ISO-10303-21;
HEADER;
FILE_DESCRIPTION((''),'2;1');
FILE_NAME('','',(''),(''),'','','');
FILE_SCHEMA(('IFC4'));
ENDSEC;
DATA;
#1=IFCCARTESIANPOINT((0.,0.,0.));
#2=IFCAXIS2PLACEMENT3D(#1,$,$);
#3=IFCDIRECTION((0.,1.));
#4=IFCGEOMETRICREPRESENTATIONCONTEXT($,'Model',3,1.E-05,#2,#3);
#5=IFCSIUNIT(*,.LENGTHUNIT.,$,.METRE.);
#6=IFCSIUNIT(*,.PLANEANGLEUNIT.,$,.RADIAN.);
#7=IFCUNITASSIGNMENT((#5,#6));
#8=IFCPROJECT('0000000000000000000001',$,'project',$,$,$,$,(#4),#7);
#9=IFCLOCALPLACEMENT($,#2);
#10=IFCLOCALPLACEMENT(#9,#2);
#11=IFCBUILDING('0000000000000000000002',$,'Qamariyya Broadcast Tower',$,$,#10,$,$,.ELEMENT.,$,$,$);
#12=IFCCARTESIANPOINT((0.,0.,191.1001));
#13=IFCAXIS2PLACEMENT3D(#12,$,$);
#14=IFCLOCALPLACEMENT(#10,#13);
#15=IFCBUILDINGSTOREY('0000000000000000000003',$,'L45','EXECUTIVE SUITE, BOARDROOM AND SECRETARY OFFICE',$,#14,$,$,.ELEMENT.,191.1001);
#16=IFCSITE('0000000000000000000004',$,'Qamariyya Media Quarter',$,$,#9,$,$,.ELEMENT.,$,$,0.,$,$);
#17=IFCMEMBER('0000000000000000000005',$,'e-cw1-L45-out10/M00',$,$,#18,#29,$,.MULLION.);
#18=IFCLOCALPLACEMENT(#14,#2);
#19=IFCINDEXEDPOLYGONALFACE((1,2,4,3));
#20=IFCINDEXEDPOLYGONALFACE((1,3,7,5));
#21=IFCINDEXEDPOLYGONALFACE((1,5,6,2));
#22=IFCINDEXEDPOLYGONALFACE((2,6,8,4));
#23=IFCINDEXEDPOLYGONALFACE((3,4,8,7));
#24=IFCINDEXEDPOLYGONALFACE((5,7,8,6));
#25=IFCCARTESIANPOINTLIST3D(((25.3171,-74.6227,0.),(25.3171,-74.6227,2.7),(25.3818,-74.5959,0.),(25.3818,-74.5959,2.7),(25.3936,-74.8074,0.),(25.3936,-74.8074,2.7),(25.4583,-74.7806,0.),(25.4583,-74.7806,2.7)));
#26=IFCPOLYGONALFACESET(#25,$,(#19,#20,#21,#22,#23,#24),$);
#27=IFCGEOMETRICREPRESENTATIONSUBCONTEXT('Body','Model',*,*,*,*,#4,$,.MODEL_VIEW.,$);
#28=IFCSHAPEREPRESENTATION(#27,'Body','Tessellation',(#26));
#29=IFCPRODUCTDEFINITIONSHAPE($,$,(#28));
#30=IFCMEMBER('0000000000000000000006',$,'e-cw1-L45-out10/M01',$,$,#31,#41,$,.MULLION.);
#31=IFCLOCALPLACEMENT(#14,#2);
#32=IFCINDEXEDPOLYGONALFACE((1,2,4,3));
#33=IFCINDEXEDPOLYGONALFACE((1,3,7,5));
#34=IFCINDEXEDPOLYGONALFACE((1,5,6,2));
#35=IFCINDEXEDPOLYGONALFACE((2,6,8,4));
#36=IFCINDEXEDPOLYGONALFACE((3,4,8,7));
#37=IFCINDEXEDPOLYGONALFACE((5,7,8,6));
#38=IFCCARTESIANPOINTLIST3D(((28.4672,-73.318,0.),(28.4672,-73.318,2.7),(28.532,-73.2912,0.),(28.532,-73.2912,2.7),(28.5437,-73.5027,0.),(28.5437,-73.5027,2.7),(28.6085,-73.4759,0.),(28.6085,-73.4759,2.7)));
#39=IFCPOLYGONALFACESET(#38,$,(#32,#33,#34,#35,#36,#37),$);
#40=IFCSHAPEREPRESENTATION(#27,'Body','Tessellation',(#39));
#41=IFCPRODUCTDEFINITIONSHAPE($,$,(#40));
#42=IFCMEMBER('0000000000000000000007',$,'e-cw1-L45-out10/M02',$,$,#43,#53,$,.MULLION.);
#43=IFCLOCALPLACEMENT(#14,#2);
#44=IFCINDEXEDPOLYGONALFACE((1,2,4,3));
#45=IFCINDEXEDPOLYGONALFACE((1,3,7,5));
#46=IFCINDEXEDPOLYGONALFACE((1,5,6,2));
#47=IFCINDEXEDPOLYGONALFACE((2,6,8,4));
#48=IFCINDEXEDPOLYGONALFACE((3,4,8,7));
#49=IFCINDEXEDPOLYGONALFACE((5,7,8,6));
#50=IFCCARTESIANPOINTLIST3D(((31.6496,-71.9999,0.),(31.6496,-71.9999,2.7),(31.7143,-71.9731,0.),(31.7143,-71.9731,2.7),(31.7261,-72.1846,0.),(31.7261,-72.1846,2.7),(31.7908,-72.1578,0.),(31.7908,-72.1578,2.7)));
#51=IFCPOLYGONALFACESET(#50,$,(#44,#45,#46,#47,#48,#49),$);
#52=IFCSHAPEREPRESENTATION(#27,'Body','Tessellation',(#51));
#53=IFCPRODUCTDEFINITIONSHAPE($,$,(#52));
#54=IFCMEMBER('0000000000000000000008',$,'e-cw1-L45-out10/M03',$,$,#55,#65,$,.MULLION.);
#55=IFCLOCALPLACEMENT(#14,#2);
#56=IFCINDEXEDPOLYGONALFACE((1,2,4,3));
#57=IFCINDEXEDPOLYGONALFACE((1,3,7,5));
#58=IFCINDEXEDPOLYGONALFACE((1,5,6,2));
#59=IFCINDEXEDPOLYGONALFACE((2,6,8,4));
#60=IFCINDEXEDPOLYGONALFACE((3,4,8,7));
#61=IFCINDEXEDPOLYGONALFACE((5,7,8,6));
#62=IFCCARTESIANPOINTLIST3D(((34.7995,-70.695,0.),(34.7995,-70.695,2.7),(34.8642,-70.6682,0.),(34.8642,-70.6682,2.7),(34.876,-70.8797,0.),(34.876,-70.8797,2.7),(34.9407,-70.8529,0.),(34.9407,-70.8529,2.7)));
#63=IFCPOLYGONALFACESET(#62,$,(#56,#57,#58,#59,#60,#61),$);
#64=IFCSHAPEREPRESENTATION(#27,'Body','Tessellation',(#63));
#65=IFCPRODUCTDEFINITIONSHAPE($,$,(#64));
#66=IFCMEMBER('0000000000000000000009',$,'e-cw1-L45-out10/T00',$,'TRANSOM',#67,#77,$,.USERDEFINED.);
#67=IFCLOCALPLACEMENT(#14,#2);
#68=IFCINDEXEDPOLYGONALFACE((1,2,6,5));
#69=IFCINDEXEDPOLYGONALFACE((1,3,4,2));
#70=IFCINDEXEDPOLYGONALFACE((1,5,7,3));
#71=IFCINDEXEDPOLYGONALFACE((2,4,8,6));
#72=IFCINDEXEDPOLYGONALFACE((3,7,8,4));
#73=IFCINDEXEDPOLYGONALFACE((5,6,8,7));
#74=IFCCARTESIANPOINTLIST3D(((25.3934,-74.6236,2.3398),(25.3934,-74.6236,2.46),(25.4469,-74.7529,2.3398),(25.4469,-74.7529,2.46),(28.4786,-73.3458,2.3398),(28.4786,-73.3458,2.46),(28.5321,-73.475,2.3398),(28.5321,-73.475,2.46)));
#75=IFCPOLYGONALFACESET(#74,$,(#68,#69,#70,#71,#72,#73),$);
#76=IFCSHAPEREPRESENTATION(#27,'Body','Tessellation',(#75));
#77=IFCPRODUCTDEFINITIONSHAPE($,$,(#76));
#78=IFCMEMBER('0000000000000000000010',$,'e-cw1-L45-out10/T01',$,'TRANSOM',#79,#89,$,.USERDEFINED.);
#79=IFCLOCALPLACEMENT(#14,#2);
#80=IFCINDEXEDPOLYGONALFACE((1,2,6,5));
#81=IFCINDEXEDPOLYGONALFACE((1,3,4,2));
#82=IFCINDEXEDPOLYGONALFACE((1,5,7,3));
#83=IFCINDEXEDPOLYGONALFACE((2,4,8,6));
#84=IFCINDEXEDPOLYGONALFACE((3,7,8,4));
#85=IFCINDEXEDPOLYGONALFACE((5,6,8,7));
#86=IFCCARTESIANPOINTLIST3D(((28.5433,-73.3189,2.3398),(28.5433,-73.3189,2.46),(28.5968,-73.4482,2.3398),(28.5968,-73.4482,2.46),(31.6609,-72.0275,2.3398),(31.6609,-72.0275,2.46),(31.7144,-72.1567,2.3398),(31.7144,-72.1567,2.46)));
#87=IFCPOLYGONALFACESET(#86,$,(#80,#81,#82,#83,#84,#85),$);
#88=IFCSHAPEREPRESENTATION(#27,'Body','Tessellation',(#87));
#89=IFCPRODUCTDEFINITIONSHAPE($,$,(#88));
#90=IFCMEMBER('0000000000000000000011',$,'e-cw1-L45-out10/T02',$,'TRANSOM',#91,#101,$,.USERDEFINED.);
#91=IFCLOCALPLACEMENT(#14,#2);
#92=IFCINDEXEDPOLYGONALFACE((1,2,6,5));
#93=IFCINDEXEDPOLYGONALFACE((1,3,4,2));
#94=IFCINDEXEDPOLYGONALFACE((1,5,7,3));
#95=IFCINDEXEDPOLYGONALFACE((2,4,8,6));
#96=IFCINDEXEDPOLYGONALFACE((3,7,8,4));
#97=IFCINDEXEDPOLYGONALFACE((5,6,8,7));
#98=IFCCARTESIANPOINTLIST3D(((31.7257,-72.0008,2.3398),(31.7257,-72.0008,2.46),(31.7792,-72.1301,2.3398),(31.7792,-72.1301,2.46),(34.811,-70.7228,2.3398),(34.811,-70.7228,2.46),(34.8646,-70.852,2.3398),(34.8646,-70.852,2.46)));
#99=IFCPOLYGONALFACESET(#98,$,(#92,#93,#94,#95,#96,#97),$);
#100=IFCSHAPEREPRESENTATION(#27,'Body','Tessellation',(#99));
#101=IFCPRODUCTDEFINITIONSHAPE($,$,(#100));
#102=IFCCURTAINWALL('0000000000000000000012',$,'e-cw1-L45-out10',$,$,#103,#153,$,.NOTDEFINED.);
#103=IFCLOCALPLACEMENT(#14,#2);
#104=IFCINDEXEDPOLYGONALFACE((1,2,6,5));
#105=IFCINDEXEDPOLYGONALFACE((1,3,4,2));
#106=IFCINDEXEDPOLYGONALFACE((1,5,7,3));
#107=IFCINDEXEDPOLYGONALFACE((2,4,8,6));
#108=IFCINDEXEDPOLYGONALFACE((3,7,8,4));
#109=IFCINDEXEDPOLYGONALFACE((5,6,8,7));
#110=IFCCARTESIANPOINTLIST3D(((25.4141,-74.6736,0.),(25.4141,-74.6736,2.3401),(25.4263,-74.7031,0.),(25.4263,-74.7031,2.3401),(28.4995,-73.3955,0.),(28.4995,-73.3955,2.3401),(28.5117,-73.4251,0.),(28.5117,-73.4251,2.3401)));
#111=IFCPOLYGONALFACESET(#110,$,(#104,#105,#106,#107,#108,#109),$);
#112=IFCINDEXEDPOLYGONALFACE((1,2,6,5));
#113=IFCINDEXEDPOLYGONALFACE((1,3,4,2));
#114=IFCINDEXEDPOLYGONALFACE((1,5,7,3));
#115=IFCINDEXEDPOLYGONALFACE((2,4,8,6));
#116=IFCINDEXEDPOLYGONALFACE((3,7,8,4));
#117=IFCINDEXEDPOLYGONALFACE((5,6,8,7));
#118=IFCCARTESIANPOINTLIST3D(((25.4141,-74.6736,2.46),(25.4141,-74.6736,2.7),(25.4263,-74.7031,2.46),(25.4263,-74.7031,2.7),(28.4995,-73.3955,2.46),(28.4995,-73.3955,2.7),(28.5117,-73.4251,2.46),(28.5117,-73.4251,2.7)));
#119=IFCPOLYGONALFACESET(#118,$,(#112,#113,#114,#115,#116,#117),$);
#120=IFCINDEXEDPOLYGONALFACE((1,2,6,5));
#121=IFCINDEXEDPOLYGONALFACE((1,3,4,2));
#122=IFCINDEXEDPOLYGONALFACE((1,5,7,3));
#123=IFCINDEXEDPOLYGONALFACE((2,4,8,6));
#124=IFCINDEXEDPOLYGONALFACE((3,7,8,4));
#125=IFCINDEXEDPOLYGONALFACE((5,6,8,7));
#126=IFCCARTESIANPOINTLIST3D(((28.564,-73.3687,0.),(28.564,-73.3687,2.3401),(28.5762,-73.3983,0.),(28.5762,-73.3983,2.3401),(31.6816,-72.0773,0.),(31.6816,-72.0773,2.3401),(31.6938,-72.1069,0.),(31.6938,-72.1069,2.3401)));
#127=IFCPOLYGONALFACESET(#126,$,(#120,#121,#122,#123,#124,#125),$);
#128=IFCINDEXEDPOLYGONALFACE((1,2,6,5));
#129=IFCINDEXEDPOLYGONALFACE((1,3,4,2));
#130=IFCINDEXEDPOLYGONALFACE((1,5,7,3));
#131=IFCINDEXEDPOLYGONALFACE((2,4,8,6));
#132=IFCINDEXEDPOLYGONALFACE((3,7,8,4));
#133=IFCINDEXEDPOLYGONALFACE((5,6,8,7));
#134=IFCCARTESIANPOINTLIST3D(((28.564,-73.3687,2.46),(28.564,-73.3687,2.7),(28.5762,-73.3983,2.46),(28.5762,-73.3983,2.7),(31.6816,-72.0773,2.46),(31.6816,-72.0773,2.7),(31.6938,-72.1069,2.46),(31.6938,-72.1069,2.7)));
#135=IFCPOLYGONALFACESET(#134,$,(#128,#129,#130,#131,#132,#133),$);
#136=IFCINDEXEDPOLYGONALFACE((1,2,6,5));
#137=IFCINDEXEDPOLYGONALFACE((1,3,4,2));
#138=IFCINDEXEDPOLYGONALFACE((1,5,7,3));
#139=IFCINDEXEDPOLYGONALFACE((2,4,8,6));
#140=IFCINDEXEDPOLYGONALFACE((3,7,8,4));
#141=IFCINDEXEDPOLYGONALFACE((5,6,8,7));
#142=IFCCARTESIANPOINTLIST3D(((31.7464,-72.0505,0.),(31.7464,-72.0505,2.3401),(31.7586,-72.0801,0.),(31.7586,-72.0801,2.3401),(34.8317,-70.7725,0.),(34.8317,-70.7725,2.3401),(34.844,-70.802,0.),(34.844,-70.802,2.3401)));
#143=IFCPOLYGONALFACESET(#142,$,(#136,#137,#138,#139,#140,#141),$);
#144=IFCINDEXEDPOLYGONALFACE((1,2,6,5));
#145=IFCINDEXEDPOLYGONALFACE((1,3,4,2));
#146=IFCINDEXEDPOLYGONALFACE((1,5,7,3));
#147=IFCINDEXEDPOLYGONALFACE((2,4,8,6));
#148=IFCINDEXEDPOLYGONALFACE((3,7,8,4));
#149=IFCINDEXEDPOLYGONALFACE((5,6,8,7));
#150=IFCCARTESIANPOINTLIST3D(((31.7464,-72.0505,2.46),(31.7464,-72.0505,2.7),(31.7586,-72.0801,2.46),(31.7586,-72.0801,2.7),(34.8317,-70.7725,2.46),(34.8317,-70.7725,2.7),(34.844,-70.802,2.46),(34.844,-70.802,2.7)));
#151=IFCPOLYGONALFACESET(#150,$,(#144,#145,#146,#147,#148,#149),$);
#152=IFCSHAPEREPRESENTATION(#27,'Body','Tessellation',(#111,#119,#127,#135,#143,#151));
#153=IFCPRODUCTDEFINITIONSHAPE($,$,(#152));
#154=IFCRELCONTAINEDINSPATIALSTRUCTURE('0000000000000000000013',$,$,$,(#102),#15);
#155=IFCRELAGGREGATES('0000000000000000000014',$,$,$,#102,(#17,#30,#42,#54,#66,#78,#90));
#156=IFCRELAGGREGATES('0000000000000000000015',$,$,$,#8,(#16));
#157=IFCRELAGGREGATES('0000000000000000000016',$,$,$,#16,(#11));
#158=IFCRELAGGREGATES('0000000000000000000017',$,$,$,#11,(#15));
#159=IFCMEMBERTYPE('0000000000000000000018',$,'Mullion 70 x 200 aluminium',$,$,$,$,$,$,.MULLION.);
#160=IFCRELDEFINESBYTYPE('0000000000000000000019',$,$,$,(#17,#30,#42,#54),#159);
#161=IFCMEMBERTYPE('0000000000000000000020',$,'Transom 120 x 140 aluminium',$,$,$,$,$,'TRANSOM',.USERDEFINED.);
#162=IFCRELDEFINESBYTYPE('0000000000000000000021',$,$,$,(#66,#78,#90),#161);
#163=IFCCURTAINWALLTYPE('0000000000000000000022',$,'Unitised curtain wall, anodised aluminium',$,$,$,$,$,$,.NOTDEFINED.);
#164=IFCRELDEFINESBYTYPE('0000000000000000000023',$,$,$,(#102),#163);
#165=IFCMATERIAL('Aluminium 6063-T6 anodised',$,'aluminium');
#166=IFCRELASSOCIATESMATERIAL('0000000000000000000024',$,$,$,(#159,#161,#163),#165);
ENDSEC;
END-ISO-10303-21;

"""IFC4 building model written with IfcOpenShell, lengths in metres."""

from ifc_helpers import new_model, si_unit, direction, frame, origin, origin_2d, place, context, subcontext, project, spatial, rectangle, extrude, material, material_profile, profile_set, type_object, element, aggregate, save


model = new_model("IFC4")

# Units and contexts
model_context = context("Model", 3, precision=1e-05, world=origin(), true_north=direction((0.0, 1.0)))
body_context = subcontext(model_context, "Body", "Model", "MODEL_VIEW")
ifc_project = project(units=[si_unit("LENGTHUNIT", "METRE"), si_unit("PLANEANGLEUNIT", "RADIAN")], contexts=[model_context])

# Members
ifc_material_1 = material(Name="Aluminium 6063-T6 anodised", Category="aluminium")
ifc_material_profile_1 = material_profile(ifc_material_1, rectangle(XDim=0.2, YDim=0.0701, at=origin_2d()))
ifc_profile_set_1 = profile_set([ifc_material_profile_1], Name="Aluminium 6063-T6 anodised")
member_type_1 = type_object("IfcMemberType", Name="Mullion 70 x 200 aluminium", PredefinedType="MULLION", material=ifc_profile_set_1)
site_placement = place(None, origin())
building_placement = place(site_placement, origin())
storey_placement = place(building_placement, frame((0.0, 0.0, 191.1001)))
member_1_placement = place(storey_placement, frame((25.3877, -74.7017, 0.0), z_axis=(0.0, 0.0, 1.0), x_axis=(-0.382683, 0.92388, 0.0)))
member_1 = element("IfcMember", 1, at=member_1_placement, type_object=member_type_1, Name="e-cw1-L45-out10/M00", PredefinedType="MULLION", context=body_context, shape_type="SweptSolid", body=[
    extrude(rectangle(XDim=0.2, YDim=0.0701, at=origin_2d()), origin(), (0.0, 0.0, 1.0), 2.7),
])
member_2_placement = place(storey_placement, frame((28.5378, -73.397, 0.0), z_axis=(0.0, 0.0, 1.0), x_axis=(-0.382683, 0.92388, 0.0)))
member_2 = element("IfcMember", 2, at=member_2_placement, type_object=member_type_1, Name="e-cw1-L45-out10/M01", PredefinedType="MULLION", context=body_context, shape_type="SweptSolid", body=[
    extrude(rectangle(XDim=0.2, YDim=0.0701, at=origin_2d()), origin(), (0.0, 0.0, 1.0), 2.7),
])
member_3_placement = place(storey_placement, frame((31.7202, -72.0789, 0.0), z_axis=(0.0, 0.0, 1.0), x_axis=(-0.382683, 0.92388, 0.0)))
member_3 = element("IfcMember", 3, at=member_3_placement, type_object=member_type_1, Name="e-cw1-L45-out10/M02", PredefinedType="MULLION", context=body_context, shape_type="SweptSolid", body=[
    extrude(rectangle(XDim=0.2, YDim=0.0701, at=origin_2d()), origin(), (0.0, 0.0, 1.0), 2.7),
])
member_4_placement = place(storey_placement, frame((34.8701, -70.7739, 0.0), z_axis=(0.0, 0.0, 1.0), x_axis=(-0.382683, 0.92388, 0.0)))
member_4 = element("IfcMember", 4, at=member_4_placement, type_object=member_type_1, Name="e-cw1-L45-out10/M03", PredefinedType="MULLION", context=body_context, shape_type="SweptSolid", body=[
    extrude(rectangle(XDim=0.2, YDim=0.0701, at=origin_2d()), origin(), (0.0, 0.0, 1.0), 2.7),
])
ifc_material_profile_2 = material_profile(ifc_material_1, rectangle(XDim=0.1399, YDim=0.1201, at=origin_2d()))
ifc_profile_set_2 = profile_set([ifc_material_profile_2], Name="Aluminium 6063-T6 anodised")
member_type_2 = type_object("IfcMemberType", Name="Transom 120 x 140 aluminium", ElementType="TRANSOM", PredefinedType="USERDEFINED", material=ifc_profile_set_2)
member_5_placement = place(storey_placement, frame((25.4202, -74.6882, 2.3999), z_axis=(0.92389, 0.382657, 0.0), x_axis=(-0.382657, 0.92389, 0.0)))
member_5 = element("IfcMember", 5, at=member_5_placement, type_object=member_type_2, Name="e-cw1-L45-out10/T00", ObjectType="TRANSOM", PredefinedType="USERDEFINED", context=body_context, shape_type="SweptSolid", body=[
    extrude(rectangle(XDim=0.1399, YDim=0.1201, at=origin_2d()), origin(), (0.0, 0.0, 1.0), 3.3394),
])
member_6_placement = place(storey_placement, frame((28.5701, -73.3835, 2.3999), z_axis=(0.923867, 0.382714, 0.0), x_axis=(-0.382714, 0.923867, 0.0)))
member_6 = element("IfcMember", 6, at=member_6_placement, type_object=member_type_2, Name="e-cw1-L45-out10/T01", ObjectType="TRANSOM", PredefinedType="USERDEFINED", context=body_context, shape_type="SweptSolid", body=[
    extrude(rectangle(XDim=0.1399, YDim=0.1201, at=origin_2d()), origin(), (0.0, 0.0, 1.0), 3.3745),
])
member_7_placement = place(storey_placement, frame((31.7524, -72.0654, 2.3999), z_axis=(0.923875, 0.382694, 0.0), x_axis=(-0.382694, 0.923875, 0.0)))
member_7 = element("IfcMember", 7, at=member_7_placement, type_object=member_type_2, Name="e-cw1-L45-out10/T02", ObjectType="TRANSOM", PredefinedType="USERDEFINED", context=body_context, shape_type="SweptSolid", body=[
    extrude(rectangle(XDim=0.1399, YDim=0.1201, at=origin_2d()), origin(), (0.0, 0.0, 1.0), 3.3396),
])

# Site, building, storey
site = spatial("IfcSite", under=ifc_project, at=site_placement, Name="Qamariyya Media Quarter", CompositionType="ELEMENT", RefElevation=0.0)
building = spatial("IfcBuilding", under=site, at=building_placement, Name="Qamariyya Broadcast Tower", CompositionType="ELEMENT")
storey = spatial("IfcBuildingStorey", under=building, at=storey_placement, Name="L45", Description="EXECUTIVE SUITE, BOARDROOM AND SECRETARY OFFICE", CompositionType="ELEMENT", Elevation=191.1001)

# Curtain wall
curtain_wall_type = type_object("IfcCurtainWallType", Name="Unitised curtain wall, anodised aluminium", PredefinedType="NOTDEFINED", material=ifc_material_1)
curtain_wall_1_placement = place(storey_placement, origin())
curtain_wall_1 = element("IfcCurtainWall", 8, at=curtain_wall_1_placement, inside=storey, type_object=curtain_wall_type, Name="e-cw1-L45-out10", PredefinedType="NOTDEFINED", context=body_context, shape_type="SweptSolid", body=[
    extrude(rectangle(XDim=3.3396, YDim=0.032, at=origin_2d()), frame((26.9629, -74.0493, 0.0), x_axis=(0.923878, 0.382687, 0.0)), (0.0, 0.0, 1.0), 2.3401),
    extrude(rectangle(XDim=3.3396, YDim=0.032, at=origin_2d()), frame((26.9629, -74.0493, 2.46), x_axis=(0.923878, 0.382687, 0.0)), (0.0, 0.0, 1.0), 0.24),
    extrude(rectangle(XDim=3.3745, YDim=0.032, at=origin_2d()), frame((30.1289, -72.7378, 0.0), x_axis=(0.923878, 0.382687, 0.0)), (0.0, 0.0, 1.0), 2.3401),
    extrude(rectangle(XDim=3.3745, YDim=0.032, at=origin_2d()), frame((30.1289, -72.7378, 2.46), x_axis=(0.923878, 0.382687, 0.0)), (0.0, 0.0, 1.0), 0.24),
    extrude(rectangle(XDim=3.3396, YDim=0.032, at=origin_2d()), frame((33.2952, -71.4263, 0.0), x_axis=(0.923878, 0.382687, 0.0)), (0.0, 0.0, 1.0), 2.3401),
    extrude(rectangle(XDim=3.3396, YDim=0.032, at=origin_2d()), frame((33.2952, -71.4263, 2.46), x_axis=(0.923878, 0.382687, 0.0)), (0.0, 0.0, 1.0), 0.24),
])
aggregate(curtain_wall_1, [member_1, member_2, member_3, member_4, member_5, member_6, member_7])

save(model, "model.ifc")
